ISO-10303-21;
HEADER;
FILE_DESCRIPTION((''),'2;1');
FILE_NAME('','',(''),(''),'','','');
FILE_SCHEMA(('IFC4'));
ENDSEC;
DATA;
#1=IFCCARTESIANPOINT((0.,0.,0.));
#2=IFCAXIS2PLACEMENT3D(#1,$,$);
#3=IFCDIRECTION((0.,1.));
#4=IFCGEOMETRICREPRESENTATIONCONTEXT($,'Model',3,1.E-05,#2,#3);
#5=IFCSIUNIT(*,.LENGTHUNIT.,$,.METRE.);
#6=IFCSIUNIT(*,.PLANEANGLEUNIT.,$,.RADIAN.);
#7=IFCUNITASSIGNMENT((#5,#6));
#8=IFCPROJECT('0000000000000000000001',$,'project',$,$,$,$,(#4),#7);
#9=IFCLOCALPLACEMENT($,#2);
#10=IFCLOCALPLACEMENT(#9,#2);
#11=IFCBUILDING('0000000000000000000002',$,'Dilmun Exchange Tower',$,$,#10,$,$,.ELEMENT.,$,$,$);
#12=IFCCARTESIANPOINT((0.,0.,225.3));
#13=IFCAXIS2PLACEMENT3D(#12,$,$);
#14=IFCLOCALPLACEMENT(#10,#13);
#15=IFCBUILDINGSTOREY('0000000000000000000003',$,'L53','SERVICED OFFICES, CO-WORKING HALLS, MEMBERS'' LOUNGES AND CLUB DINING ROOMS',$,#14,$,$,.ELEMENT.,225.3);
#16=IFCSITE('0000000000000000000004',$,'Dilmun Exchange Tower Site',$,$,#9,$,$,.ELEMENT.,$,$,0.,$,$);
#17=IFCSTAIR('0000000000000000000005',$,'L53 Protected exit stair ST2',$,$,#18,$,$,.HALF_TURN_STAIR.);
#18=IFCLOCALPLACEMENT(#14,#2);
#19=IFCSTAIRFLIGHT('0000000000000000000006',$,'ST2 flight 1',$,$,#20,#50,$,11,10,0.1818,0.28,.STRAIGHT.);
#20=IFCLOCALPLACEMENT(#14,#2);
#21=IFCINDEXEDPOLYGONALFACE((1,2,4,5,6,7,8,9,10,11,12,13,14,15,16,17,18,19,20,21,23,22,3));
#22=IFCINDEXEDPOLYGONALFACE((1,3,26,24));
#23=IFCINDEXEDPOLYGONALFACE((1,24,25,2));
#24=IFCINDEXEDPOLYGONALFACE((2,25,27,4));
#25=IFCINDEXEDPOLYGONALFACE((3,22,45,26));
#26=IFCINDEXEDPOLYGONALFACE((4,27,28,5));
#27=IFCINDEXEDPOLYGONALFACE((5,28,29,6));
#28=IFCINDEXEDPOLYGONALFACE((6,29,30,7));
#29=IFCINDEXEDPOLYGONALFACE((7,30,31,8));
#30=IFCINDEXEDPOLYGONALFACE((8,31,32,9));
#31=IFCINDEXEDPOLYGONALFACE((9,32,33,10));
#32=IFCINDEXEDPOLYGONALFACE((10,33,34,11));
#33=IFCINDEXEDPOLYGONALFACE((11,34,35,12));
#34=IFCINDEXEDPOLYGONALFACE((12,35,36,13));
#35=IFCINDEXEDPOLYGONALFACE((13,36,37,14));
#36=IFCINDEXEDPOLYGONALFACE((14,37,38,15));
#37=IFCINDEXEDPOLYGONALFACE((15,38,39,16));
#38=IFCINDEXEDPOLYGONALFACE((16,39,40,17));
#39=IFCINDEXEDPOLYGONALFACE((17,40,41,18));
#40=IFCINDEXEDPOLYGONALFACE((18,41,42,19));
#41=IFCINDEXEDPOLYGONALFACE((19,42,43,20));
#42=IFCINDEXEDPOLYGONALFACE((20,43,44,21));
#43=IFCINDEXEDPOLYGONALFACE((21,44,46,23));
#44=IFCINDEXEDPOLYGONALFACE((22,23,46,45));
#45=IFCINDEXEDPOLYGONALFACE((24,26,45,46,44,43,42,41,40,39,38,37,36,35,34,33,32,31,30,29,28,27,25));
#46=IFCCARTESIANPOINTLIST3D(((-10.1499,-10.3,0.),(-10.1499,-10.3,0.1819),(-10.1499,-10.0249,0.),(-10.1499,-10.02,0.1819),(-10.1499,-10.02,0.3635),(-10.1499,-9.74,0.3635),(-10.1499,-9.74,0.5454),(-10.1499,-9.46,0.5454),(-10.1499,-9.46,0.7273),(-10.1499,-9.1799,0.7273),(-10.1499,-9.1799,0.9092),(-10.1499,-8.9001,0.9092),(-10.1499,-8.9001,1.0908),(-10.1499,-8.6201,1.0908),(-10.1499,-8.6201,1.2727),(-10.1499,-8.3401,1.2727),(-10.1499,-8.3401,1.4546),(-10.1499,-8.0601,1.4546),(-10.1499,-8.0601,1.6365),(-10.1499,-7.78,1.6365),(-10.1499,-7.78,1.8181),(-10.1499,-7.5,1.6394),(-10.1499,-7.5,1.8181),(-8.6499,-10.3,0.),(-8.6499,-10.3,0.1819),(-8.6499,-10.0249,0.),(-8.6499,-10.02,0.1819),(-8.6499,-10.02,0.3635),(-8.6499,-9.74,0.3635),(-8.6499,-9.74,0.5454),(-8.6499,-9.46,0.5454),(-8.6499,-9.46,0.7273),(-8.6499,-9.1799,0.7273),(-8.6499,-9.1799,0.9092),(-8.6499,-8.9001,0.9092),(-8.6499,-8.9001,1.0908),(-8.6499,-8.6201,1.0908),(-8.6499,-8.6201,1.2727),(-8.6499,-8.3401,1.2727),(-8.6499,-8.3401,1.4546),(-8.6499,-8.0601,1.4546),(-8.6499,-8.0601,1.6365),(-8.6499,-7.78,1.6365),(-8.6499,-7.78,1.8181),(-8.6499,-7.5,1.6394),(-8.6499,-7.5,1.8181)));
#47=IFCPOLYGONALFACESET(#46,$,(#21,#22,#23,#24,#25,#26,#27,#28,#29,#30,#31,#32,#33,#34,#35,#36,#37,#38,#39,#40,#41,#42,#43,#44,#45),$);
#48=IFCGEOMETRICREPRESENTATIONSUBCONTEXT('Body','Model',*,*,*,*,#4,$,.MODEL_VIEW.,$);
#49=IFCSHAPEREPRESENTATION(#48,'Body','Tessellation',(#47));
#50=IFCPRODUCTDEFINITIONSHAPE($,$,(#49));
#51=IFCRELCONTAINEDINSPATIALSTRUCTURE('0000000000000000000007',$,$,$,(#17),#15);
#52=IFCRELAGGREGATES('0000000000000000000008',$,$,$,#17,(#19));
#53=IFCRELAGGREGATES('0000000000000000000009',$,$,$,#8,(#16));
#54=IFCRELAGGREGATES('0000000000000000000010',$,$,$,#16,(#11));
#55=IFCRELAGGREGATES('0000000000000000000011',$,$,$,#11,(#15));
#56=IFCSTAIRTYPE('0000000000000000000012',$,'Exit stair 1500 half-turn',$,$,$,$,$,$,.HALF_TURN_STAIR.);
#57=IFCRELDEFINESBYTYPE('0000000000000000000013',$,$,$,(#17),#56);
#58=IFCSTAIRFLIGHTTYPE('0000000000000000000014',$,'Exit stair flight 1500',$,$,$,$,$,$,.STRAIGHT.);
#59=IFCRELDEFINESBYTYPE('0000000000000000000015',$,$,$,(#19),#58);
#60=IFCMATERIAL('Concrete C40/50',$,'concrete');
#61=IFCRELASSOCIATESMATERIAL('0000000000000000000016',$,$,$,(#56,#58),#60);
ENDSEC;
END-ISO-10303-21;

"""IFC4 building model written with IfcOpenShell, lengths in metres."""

from ifc_helpers import new_model, si_unit, direction, frame, origin, place, context, subcontext, project, spatial, polyline, outline, extrude, material, type_object, element, aggregate, save


model = new_model("IFC4")

# Units and contexts
model_context = context("Model", 3, precision=1e-05, world=origin(), true_north=direction((0.0, 1.0)))
body_context = subcontext(model_context, "Body", "Model", "MODEL_VIEW")
ifc_project = project(units=[si_unit("LENGTHUNIT", "METRE"), si_unit("PLANEANGLEUNIT", "RADIAN")], contexts=[model_context])

# Site, building, storey
site_placement = place(None, origin())
site = spatial("IfcSite", under=ifc_project, at=site_placement, Name="Dilmun Exchange Tower Site", CompositionType="ELEMENT", RefElevation=0.0)
building_placement = place(site_placement, origin())
building = spatial("IfcBuilding", under=site, at=building_placement, Name="Dilmun Exchange Tower", CompositionType="ELEMENT")
storey_placement = place(building_placement, frame((0.0, 0.0, 225.3)))
storey = spatial("IfcBuildingStorey", under=building, at=storey_placement, Name="L53", Description="SERVICED OFFICES, CO-WORKING HALLS, MEMBERS' LOUNGES AND CLUB DINING ROOMS", CompositionType="ELEMENT", Elevation=225.3)

# Shared definitions
ifc_material_1 = material(Name="Concrete C40/50", Category="concrete")

# Stair, stair flight
stair_type = type_object("IfcStairType", Name="Exit stair 1500 half-turn", PredefinedType="HALF_TURN_STAIR", material=ifc_material_1)
stair_placement = place(storey_placement, origin())
stair = element("IfcStair", 1, at=stair_placement, inside=storey, type_object=stair_type, Name="L53 Protected exit stair ST2", PredefinedType="HALF_TURN_STAIR")
stair_flight_type = type_object("IfcStairFlightType", Name="Exit stair flight 1500", PredefinedType="STRAIGHT", material=ifc_material_1)
stair_flight_placement = place(storey_placement, frame((-9.3999, -10.3, 0.0), z_axis=(0.0, 0.0, 1.0), x_axis=(0.0, 1.0, 0.0)))
stair_flight = element("IfcStairFlight", 2, at=stair_flight_placement, type_object=stair_flight_type, Name="ST2 flight 1", NumberOfRisers=11, NumberOfTreads=10, PredefinedType="STRAIGHT", RiserHeight=0.1818, TreadLength=0.28, context=body_context, shape_type="SweptSolid", body=[
    extrude(outline(polyline([(0.0, 0.0), (0.0, 0.1819), (0.28, 0.1819), (0.28, 0.3635), (0.5601, 0.3635), (0.5601, 0.5454), (0.8401, 0.5454), (0.8401, 0.7273), (1.1201, 0.7273), (1.1201, 0.9092), (1.3999, 0.9092), (1.3999, 1.0908), (1.6799, 1.0908), (1.6799, 1.2727), (1.96, 1.2727), (1.96, 1.4546), (2.24, 1.4546), (2.24, 1.6365), (2.52, 1.6365), (2.52, 1.8181), (2.8, 1.8181), (2.8, 2.0), (2.8, 1.6394), (0.2751, 0.0), (0.0, 0.0)])), frame((0.0, 0.75, 0.0), z_axis=(0.0, -1.0, 0.0), x_axis=(1.0, 0.0, 0.0)), (0.0, 0.0, 1.0), 1.5),
])
aggregate(stair, [stair_flight])

save(model, "model.ifc")
